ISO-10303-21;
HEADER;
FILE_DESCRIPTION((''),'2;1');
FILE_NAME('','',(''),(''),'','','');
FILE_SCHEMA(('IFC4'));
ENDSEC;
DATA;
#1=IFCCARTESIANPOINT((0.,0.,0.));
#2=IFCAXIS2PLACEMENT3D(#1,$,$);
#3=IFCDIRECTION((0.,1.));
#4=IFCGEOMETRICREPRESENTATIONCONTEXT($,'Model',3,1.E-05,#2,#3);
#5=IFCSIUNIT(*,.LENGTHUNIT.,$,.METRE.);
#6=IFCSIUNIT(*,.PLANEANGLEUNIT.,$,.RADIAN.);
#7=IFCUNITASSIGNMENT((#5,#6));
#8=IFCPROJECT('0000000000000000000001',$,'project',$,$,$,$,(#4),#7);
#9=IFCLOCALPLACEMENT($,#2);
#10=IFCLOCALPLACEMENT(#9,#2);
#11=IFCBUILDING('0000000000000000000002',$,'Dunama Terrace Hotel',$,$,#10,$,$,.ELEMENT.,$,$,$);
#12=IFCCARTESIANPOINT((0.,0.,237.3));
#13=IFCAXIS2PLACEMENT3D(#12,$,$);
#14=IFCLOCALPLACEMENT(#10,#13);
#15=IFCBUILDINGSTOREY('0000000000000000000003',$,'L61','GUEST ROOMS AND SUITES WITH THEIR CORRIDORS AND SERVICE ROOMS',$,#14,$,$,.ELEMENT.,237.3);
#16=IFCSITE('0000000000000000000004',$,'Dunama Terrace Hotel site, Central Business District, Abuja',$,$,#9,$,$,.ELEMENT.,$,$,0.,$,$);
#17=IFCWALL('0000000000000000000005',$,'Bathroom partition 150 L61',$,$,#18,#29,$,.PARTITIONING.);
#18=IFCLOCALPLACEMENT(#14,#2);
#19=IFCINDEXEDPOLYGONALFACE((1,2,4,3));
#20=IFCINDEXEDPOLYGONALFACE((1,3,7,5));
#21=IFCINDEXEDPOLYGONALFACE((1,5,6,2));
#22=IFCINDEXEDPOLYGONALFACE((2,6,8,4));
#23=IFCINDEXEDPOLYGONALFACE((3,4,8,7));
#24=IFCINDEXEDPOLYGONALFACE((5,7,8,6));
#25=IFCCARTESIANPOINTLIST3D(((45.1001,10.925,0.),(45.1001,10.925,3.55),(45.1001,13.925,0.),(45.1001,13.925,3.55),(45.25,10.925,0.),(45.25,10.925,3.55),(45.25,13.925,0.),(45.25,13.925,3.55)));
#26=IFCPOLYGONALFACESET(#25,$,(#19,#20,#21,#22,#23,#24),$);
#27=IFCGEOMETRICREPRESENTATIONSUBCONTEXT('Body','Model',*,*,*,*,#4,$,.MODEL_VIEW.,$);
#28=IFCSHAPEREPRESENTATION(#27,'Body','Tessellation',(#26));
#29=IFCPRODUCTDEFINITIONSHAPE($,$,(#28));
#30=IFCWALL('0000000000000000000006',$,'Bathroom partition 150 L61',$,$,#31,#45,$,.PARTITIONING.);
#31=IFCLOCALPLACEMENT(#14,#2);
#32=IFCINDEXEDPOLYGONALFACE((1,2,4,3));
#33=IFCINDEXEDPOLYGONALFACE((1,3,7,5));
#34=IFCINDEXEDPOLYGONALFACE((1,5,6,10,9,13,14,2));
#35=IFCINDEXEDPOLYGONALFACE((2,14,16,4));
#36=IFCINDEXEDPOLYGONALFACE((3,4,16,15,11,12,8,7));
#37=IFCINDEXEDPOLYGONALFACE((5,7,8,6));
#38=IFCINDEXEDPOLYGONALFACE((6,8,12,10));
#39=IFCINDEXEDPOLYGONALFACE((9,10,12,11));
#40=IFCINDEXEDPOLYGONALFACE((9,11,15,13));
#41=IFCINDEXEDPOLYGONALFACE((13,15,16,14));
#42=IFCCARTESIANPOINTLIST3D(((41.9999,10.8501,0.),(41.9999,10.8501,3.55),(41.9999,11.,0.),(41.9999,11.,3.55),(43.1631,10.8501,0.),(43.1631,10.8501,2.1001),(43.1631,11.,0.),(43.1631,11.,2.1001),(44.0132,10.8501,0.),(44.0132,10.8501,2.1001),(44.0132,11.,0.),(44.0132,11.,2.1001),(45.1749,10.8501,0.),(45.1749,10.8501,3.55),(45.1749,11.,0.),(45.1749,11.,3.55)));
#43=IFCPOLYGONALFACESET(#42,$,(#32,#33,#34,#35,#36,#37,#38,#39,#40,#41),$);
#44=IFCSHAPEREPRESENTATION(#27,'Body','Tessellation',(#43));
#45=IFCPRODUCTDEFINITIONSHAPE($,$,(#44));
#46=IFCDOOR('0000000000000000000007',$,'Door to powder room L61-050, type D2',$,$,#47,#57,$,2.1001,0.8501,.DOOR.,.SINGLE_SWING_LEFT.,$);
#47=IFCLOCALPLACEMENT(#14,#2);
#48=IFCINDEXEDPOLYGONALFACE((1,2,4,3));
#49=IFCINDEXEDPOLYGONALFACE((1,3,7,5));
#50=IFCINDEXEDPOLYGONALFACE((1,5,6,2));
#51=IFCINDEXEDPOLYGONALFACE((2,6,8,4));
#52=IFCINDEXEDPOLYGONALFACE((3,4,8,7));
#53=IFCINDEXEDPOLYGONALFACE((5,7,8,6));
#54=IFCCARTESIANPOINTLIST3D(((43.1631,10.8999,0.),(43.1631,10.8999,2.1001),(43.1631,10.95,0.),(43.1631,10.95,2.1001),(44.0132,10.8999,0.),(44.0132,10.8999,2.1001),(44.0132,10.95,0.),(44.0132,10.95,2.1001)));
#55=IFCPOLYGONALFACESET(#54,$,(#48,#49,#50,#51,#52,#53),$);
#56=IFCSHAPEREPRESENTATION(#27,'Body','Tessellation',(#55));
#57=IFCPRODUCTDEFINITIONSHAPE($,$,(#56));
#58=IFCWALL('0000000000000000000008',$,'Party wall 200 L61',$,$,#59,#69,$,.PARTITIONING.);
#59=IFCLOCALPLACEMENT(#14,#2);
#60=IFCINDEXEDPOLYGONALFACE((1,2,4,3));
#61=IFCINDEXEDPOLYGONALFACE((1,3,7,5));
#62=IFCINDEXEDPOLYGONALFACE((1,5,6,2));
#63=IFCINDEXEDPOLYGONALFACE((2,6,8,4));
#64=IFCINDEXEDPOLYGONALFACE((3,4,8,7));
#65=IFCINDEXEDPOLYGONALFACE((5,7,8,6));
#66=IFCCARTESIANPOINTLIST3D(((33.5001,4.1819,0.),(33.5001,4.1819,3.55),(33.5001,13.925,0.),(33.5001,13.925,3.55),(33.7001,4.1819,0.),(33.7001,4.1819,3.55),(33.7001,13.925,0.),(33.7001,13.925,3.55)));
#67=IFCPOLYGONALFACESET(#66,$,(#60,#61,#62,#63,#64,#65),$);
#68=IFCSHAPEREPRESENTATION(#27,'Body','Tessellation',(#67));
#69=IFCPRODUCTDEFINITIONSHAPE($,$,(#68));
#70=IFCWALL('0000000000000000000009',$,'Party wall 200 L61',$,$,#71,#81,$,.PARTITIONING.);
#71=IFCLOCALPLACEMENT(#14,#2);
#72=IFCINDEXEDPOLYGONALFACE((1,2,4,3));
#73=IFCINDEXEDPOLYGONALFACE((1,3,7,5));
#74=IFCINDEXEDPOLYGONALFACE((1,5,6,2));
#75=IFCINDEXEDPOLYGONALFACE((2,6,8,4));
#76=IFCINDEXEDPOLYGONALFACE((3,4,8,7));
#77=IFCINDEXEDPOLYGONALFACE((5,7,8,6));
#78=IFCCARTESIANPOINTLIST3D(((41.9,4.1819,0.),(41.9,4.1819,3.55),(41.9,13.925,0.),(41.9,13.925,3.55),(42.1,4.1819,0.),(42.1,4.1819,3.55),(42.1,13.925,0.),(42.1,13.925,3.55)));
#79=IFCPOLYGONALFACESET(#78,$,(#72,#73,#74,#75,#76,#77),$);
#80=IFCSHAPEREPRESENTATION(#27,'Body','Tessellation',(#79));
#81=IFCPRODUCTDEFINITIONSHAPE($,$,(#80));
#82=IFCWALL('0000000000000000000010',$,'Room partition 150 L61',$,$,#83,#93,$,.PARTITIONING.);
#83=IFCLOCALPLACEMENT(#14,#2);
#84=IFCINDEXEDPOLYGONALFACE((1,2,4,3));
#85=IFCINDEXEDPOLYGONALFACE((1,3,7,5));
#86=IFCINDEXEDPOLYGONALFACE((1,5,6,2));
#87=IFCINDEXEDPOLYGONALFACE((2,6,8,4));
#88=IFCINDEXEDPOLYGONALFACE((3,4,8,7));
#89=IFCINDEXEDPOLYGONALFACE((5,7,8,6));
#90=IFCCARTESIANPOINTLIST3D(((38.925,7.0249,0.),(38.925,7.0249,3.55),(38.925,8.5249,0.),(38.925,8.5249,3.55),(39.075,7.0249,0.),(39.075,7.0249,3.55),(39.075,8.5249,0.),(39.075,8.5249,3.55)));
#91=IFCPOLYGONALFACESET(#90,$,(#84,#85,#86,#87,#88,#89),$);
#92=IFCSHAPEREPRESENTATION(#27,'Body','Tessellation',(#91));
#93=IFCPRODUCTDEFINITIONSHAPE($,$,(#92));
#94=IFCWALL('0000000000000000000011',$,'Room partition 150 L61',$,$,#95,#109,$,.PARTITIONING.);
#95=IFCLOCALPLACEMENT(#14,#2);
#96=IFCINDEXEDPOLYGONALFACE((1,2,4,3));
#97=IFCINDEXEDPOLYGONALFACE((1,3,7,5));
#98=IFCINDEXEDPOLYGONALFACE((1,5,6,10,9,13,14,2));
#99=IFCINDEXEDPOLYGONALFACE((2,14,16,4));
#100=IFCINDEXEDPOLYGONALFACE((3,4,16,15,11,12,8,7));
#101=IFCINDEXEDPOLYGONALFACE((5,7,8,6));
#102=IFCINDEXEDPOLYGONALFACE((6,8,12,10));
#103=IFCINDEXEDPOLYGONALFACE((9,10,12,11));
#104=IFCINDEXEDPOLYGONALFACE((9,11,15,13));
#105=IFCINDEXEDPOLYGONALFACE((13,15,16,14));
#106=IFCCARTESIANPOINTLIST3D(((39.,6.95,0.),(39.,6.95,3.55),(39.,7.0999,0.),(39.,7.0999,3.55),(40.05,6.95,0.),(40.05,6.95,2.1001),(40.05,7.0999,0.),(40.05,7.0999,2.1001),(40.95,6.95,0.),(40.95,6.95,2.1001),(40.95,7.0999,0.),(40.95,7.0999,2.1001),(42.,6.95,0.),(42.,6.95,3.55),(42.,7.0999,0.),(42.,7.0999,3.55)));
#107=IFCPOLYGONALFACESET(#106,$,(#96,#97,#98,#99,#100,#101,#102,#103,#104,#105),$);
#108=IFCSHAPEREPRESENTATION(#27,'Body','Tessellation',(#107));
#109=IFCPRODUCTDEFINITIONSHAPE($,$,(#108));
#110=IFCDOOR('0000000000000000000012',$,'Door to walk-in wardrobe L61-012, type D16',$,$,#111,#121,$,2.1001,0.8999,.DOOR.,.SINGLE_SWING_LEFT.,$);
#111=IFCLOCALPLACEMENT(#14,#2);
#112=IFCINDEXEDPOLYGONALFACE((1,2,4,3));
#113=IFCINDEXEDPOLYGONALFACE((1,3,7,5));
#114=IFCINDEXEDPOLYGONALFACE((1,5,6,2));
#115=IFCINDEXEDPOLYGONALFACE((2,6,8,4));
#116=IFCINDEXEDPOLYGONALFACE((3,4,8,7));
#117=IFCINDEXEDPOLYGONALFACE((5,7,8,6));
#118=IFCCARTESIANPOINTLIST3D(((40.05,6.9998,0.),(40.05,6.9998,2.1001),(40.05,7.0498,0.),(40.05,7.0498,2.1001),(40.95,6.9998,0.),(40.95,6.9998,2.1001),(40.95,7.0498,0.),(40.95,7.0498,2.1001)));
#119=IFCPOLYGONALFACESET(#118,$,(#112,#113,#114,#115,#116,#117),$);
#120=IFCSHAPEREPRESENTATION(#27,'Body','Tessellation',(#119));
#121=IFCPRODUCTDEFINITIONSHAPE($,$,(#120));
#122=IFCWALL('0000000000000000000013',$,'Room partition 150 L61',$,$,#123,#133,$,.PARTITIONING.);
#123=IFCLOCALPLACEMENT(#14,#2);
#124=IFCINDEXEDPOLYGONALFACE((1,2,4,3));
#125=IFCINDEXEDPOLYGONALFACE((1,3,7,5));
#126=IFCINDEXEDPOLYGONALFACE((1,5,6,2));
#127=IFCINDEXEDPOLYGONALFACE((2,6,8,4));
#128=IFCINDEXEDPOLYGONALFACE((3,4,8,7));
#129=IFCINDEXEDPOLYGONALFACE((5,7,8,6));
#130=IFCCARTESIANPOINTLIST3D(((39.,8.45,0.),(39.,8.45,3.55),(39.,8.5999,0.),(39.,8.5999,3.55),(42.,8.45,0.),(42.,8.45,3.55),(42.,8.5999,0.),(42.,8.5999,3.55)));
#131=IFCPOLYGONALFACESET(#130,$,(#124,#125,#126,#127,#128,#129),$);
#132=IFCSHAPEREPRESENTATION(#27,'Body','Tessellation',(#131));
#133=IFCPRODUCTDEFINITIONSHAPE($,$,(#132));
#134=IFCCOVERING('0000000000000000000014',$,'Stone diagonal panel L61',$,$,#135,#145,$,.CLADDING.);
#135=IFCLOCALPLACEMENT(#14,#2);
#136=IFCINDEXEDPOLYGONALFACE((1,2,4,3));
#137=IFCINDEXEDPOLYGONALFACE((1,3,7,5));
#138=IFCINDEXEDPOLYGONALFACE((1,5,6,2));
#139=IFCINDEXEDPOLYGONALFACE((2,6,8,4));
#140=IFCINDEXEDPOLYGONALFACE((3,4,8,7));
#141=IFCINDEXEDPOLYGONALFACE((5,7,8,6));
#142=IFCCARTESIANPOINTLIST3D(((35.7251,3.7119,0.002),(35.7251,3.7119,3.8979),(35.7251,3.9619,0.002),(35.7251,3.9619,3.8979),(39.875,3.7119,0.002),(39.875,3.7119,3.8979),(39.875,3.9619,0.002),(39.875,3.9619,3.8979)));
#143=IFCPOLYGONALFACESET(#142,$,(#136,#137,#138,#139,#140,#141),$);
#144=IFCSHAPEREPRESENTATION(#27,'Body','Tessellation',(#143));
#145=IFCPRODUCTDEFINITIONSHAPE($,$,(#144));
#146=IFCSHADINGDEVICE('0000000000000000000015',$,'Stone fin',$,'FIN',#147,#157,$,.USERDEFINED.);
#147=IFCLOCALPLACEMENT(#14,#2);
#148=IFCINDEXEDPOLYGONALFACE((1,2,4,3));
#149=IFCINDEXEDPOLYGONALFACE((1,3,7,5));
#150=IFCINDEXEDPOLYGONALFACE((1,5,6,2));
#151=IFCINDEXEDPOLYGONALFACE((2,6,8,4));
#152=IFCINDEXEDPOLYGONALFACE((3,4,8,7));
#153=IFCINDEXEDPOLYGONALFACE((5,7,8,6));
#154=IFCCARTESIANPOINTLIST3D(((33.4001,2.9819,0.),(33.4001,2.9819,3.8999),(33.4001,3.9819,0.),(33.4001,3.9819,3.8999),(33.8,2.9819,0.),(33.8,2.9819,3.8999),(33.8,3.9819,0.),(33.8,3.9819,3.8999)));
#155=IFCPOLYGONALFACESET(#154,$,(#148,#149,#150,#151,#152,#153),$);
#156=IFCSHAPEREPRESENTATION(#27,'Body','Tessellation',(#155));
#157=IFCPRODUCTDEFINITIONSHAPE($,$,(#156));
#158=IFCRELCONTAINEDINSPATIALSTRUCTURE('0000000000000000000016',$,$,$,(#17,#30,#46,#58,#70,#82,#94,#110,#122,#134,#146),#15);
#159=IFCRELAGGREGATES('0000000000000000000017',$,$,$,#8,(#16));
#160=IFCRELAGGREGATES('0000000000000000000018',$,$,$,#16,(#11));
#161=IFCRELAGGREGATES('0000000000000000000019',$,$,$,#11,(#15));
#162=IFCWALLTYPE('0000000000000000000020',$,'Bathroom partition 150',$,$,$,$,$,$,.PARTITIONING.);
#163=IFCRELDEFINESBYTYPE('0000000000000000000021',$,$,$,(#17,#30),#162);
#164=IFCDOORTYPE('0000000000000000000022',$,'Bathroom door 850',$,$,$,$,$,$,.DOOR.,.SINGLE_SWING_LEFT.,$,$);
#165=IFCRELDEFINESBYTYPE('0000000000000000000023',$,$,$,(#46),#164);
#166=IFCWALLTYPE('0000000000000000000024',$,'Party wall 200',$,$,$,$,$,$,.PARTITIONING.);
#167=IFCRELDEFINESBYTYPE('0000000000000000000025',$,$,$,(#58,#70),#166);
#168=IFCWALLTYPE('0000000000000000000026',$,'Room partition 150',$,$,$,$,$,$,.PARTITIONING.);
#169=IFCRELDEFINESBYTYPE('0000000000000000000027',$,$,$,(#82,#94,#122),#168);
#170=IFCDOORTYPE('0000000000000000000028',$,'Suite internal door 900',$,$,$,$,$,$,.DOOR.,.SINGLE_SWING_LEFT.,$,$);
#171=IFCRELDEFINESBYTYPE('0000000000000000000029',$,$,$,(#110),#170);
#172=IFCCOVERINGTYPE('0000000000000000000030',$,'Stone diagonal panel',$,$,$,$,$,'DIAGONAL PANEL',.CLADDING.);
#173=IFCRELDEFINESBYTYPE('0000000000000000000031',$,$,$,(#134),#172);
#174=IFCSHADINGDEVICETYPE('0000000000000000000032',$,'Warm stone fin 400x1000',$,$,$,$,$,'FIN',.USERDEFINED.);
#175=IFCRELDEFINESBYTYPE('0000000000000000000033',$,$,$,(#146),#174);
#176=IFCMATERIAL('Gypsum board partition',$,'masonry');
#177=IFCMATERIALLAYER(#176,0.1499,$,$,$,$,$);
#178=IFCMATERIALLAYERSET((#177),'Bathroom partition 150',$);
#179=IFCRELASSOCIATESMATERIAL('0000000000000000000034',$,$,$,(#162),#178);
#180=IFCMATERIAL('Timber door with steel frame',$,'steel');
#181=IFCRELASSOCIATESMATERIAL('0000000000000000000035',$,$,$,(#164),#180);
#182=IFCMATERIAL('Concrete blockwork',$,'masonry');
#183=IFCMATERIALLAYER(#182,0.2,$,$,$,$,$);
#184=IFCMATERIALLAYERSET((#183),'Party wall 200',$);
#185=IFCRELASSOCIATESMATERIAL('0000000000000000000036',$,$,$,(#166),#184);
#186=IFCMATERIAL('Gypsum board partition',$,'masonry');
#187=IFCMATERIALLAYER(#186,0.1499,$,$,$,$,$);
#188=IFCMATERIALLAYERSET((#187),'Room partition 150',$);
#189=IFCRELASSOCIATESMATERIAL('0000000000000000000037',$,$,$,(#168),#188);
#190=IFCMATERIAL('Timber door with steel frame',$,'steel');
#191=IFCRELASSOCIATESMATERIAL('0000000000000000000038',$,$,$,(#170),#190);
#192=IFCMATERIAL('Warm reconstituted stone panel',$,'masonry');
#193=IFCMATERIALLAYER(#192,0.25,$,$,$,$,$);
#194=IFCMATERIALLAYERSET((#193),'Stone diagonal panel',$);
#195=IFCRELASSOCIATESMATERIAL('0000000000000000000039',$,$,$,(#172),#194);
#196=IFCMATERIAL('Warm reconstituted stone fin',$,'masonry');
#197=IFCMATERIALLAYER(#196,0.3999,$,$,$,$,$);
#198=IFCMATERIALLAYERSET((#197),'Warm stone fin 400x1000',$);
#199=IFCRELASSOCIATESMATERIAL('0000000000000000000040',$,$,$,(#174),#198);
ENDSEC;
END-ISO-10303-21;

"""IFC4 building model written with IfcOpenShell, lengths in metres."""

from ifc_helpers import new_model, si_unit, direction, frame, frame_2d, origin, origin_2d, place, context, subcontext, project, spatial, rectangle, extrude, material, layer, layer_set, type_object, element, fill, save


model = new_model("IFC4")

# Units and contexts
model_context = context("Model", 3, precision=1e-05, world=origin(), true_north=direction((0.0, 1.0)))
body_context = subcontext(model_context, "Body", "Model", "MODEL_VIEW")
ifc_project = project(units=[si_unit("LENGTHUNIT", "METRE"), si_unit("PLANEANGLEUNIT", "RADIAN")], contexts=[model_context])

# Site, building, storey
site_placement = place(None, origin())
site = spatial("IfcSite", under=ifc_project, at=site_placement, Name="Dunama Terrace Hotel site, Central Business District, Abuja", CompositionType="ELEMENT", RefElevation=0.0)
building_placement = place(site_placement, origin())
building = spatial("IfcBuilding", under=site, at=building_placement, Name="Dunama Terrace Hotel", CompositionType="ELEMENT")
storey_placement = place(building_placement, frame((0.0, 0.0, 237.3)))
storey = spatial("IfcBuildingStorey", under=building, at=storey_placement, Name="L61", Description="GUEST ROOMS AND SUITES WITH THEIR CORRIDORS AND SERVICE ROOMS", CompositionType="ELEMENT", Elevation=237.3)

# Wall
ifc_material_1 = material(Name="Gypsum board partition", Category="masonry")
ifc_layer_1 = layer(ifc_material_1, 0.1499)
ifc_layer_set_1 = layer_set([ifc_layer_1], Name="Bathroom partition 150")
wall_type_1 = type_object("IfcWallType", Name="Bathroom partition 150", PredefinedType="PARTITIONING", material=ifc_layer_set_1)
for number, where, z_axis, x_axis, name in (
    (1, (45.175, 10.925, 0.0), (0.0, 0.0, 1.0), (0.0, 1.0, 0.0), "Bathroom partition 150 L61"),
):
    element("IfcWall", number, at=place(storey_placement, frame(where, z_axis=z_axis, x_axis=x_axis)), inside=storey, type_object=wall_type_1, Name=name, PredefinedType="PARTITIONING", context=body_context, shape_type="SweptSolid", body=[
        extrude(rectangle(XDim=3.0, YDim=0.1499, at=frame_2d((1.5, 0.0))), origin(), (0.0, 0.0, 1.0), 3.55),
    ])

# Wall, opening, door
wall_1_placement = place(storey_placement, frame((42.0, 10.925, 0.0), z_axis=(0.0, 0.0, 1.0), x_axis=(1.0, 0.0, 0.0)))
wall_1 = element("IfcWall", 2, at=wall_1_placement, inside=storey, type_object=wall_type_1, Name="Bathroom partition 150 L61", PredefinedType="PARTITIONING", context=body_context, shape_type="SweptSolid", body=[
    extrude(rectangle(XDim=3.175, YDim=0.1499, at=frame_2d((1.5874, 0.0))), origin(), (0.0, 0.0, 1.0), 3.55),
])
opening_1_placement = place(wall_1_placement, frame((1.1631, 0.0, 0.0)))
opening_1 = element("IfcOpeningElement", 3, at=opening_1_placement, cuts=wall_1, PredefinedType="OPENING", context=body_context, shape_type="SweptSolid", body=[
    extrude(rectangle(XDim=0.8501, YDim=2.1001, at=frame_2d((0.425, 1.05))), frame((0.0, 0.085, 0.0), z_axis=(0.0, -1.0, 0.0), x_axis=(1.0, 0.0, 0.0)), (0.0, 0.0, 1.0), 0.1699),
])
ifc_material_2 = material(Name="Timber door with steel frame", Category="steel")
door_type_1 = type_object("IfcDoorType", Name="Bathroom door 850", OperationType="SINGLE_SWING_LEFT", PredefinedType="DOOR", material=ifc_material_2)
door_1_placement = place(opening_1_placement, origin())
door_1 = element("IfcDoor", 4, at=door_1_placement, inside=storey, type_object=door_type_1, Name="Door to powder room L61-050, type D2", OperationType="SINGLE_SWING_LEFT", OverallHeight=2.1001, OverallWidth=0.8501, PredefinedType="DOOR", context=body_context, shape_type="SweptSolid", body=[
    extrude(rectangle(XDim=0.8501, YDim=2.1001, at=frame_2d((0.425, 1.05))), frame((0.0, 0.0249, 0.0), z_axis=(0.0, -1.0, 0.0), x_axis=(1.0, 0.0, 0.0)), (0.0, 0.0, 1.0), 0.05),
])
fill(opening_1, door_1)

# Walls
ifc_material_3 = material(Name="Concrete blockwork", Category="masonry")
ifc_layer_2 = layer(ifc_material_3, 0.2)
ifc_layer_set_2 = layer_set([ifc_layer_2], Name="Party wall 200")
wall_type_2 = type_object("IfcWallType", Name="Party wall 200", PredefinedType="PARTITIONING", material=ifc_layer_set_2)
for number, where, z_axis, x_axis, name in (
    (5, (33.6001, 4.1819, 0.0), (0.0, 0.0, 1.0), (0.0, 1.0, 0.0), "Party wall 200 L61"),
    (6, (42.0, 4.1819, 0.0), (0.0, 0.0, 1.0), (0.0, 1.0, 0.0), "Party wall 200 L61"),
):
    element("IfcWall", number, at=place(storey_placement, frame(where, z_axis=z_axis, x_axis=x_axis)), inside=storey, type_object=wall_type_2, Name=name, PredefinedType="PARTITIONING", context=body_context, shape_type="SweptSolid", body=[
        extrude(rectangle(XDim=9.7432, YDim=0.2, at=frame_2d((4.8716, 0.0))), origin(), (0.0, 0.0, 1.0), 3.55),
    ])
ifc_material_4 = material(Name="Gypsum board partition", Category="masonry")
ifc_layer_3 = layer(ifc_material_4, 0.1499)
ifc_layer_set_3 = layer_set([ifc_layer_3], Name="Room partition 150")
wall_type_3 = type_object("IfcWallType", Name="Room partition 150", PredefinedType="PARTITIONING", material=ifc_layer_set_3)
wall_2_placement = place(storey_placement, frame((39.0, 7.0249, 0.0), z_axis=(0.0, 0.0, 1.0), x_axis=(0.0, 1.0, 0.0)))
element("IfcWall", 7, at=wall_2_placement, inside=storey, type_object=wall_type_3, Name="Room partition 150 L61", PredefinedType="PARTITIONING", context=body_context, shape_type="SweptSolid", body=[
    extrude(rectangle(XDim=1.5, YDim=0.1499, at=frame_2d((0.75, 0.0))), origin(), (0.0, 0.0, 1.0), 3.55),
])

# Wall, opening, door
wall_3_placement = place(storey_placement, frame((39.0, 7.0249, 0.0), z_axis=(0.0, 0.0, 1.0), x_axis=(1.0, 0.0, 0.0)))
wall_3 = element("IfcWall", 8, at=wall_3_placement, inside=storey, type_object=wall_type_3, Name="Room partition 150 L61", PredefinedType="PARTITIONING", context=body_context, shape_type="SweptSolid", body=[
    extrude(rectangle(XDim=3.0, YDim=0.1499, at=frame_2d((1.5, 0.0))), origin(), (0.0, 0.0, 1.0), 3.55),
])
opening_2_placement = place(wall_3_placement, frame((1.05, 0.0, 0.0)))
opening_2 = element("IfcOpeningElement", 9, at=opening_2_placement, cuts=wall_3, PredefinedType="OPENING", context=body_context, shape_type="SweptSolid", body=[
    extrude(rectangle(XDim=0.8999, YDim=2.1001, at=frame_2d((0.45, 1.05))), frame((0.0, 0.085, 0.0), z_axis=(0.0, -1.0, 0.0), x_axis=(1.0, 0.0, 0.0)), (0.0, 0.0, 1.0), 0.1699),
])
ifc_material_5 = material(Name="Timber door with steel frame", Category="steel")
door_type_2 = type_object("IfcDoorType", Name="Suite internal door 900", OperationType="SINGLE_SWING_LEFT", PredefinedType="DOOR", material=ifc_material_5)
door_2_placement = place(opening_2_placement, origin())
door_2 = element("IfcDoor", 10, at=door_2_placement, inside=storey, type_object=door_type_2, Name="Door to walk-in wardrobe L61-012, type D16", OperationType="SINGLE_SWING_LEFT", OverallHeight=2.1001, OverallWidth=0.8999, PredefinedType="DOOR", context=body_context, shape_type="SweptSolid", body=[
    extrude(rectangle(XDim=0.8999, YDim=2.1001, at=frame_2d((0.45, 1.05))), frame((0.0, 0.0249, 0.0), z_axis=(0.0, -1.0, 0.0), x_axis=(1.0, 0.0, 0.0)), (0.0, 0.0, 1.0), 0.05),
])
fill(opening_2, door_2)

# Wall
wall_4_placement = place(storey_placement, frame((39.0, 8.5249, 0.0), z_axis=(0.0, 0.0, 1.0), x_axis=(1.0, 0.0, 0.0)))
element("IfcWall", 11, at=wall_4_placement, inside=storey, type_object=wall_type_3, Name="Room partition 150 L61", PredefinedType="PARTITIONING", context=body_context, shape_type="SweptSolid", body=[
    extrude(rectangle(XDim=3.0, YDim=0.1499, at=frame_2d((1.5, 0.0))), origin(), (0.0, 0.0, 1.0), 3.55),
])

# Covering
ifc_material_6 = material(Name="Warm reconstituted stone panel", Category="masonry")
ifc_layer_4 = layer(ifc_material_6, 0.25)
ifc_layer_set_4 = layer_set([ifc_layer_4], Name="Stone diagonal panel")
covering_type = type_object("IfcCoveringType", Name="Stone diagonal panel", ElementType="DIAGONAL PANEL", PredefinedType="CLADDING", material=ifc_layer_set_4)
covering_placement = place(storey_placement, frame((37.8, 3.8369, 0.002), z_axis=(0.0, 0.0, 1.0), x_axis=(1.0, 0.0, 0.0)))
element("IfcCovering", 12, at=covering_placement, inside=storey, type_object=covering_type, Name="Stone diagonal panel L61", PredefinedType="CLADDING", context=body_context, shape_type="SweptSolid", body=[
    extrude(rectangle(XDim=4.1499, YDim=0.25, at=origin_2d()), origin(), (0.0, 0.0, 1.0), 3.896),
])

# Shading device
ifc_material_7 = material(Name="Warm reconstituted stone fin", Category="masonry")
ifc_layer_5 = layer(ifc_material_7, 0.3999)
ifc_layer_set_5 = layer_set([ifc_layer_5], Name="Warm stone fin 400x1000")
shading_device_type = type_object("IfcShadingDeviceType", Name="Warm stone fin 400x1000", ElementType="FIN", PredefinedType="USERDEFINED", material=ifc_layer_set_5)
shading_device_placement = place(storey_placement, frame((33.6001, 3.4819, 0.0), z_axis=(0.0, 0.0, 1.0), x_axis=(1.0, 0.0, 0.0)))
element("IfcShadingDevice", 13, at=shading_device_placement, inside=storey, type_object=shading_device_type, Name="Stone fin", ObjectType="FIN", PredefinedType="USERDEFINED", context=body_context, shape_type="SweptSolid", body=[
    extrude(rectangle(XDim=0.3999, YDim=1.0, at=origin_2d()), origin(), (0.0, 0.0, 1.0), 3.8999),
])

save(model, "model.ifc")
